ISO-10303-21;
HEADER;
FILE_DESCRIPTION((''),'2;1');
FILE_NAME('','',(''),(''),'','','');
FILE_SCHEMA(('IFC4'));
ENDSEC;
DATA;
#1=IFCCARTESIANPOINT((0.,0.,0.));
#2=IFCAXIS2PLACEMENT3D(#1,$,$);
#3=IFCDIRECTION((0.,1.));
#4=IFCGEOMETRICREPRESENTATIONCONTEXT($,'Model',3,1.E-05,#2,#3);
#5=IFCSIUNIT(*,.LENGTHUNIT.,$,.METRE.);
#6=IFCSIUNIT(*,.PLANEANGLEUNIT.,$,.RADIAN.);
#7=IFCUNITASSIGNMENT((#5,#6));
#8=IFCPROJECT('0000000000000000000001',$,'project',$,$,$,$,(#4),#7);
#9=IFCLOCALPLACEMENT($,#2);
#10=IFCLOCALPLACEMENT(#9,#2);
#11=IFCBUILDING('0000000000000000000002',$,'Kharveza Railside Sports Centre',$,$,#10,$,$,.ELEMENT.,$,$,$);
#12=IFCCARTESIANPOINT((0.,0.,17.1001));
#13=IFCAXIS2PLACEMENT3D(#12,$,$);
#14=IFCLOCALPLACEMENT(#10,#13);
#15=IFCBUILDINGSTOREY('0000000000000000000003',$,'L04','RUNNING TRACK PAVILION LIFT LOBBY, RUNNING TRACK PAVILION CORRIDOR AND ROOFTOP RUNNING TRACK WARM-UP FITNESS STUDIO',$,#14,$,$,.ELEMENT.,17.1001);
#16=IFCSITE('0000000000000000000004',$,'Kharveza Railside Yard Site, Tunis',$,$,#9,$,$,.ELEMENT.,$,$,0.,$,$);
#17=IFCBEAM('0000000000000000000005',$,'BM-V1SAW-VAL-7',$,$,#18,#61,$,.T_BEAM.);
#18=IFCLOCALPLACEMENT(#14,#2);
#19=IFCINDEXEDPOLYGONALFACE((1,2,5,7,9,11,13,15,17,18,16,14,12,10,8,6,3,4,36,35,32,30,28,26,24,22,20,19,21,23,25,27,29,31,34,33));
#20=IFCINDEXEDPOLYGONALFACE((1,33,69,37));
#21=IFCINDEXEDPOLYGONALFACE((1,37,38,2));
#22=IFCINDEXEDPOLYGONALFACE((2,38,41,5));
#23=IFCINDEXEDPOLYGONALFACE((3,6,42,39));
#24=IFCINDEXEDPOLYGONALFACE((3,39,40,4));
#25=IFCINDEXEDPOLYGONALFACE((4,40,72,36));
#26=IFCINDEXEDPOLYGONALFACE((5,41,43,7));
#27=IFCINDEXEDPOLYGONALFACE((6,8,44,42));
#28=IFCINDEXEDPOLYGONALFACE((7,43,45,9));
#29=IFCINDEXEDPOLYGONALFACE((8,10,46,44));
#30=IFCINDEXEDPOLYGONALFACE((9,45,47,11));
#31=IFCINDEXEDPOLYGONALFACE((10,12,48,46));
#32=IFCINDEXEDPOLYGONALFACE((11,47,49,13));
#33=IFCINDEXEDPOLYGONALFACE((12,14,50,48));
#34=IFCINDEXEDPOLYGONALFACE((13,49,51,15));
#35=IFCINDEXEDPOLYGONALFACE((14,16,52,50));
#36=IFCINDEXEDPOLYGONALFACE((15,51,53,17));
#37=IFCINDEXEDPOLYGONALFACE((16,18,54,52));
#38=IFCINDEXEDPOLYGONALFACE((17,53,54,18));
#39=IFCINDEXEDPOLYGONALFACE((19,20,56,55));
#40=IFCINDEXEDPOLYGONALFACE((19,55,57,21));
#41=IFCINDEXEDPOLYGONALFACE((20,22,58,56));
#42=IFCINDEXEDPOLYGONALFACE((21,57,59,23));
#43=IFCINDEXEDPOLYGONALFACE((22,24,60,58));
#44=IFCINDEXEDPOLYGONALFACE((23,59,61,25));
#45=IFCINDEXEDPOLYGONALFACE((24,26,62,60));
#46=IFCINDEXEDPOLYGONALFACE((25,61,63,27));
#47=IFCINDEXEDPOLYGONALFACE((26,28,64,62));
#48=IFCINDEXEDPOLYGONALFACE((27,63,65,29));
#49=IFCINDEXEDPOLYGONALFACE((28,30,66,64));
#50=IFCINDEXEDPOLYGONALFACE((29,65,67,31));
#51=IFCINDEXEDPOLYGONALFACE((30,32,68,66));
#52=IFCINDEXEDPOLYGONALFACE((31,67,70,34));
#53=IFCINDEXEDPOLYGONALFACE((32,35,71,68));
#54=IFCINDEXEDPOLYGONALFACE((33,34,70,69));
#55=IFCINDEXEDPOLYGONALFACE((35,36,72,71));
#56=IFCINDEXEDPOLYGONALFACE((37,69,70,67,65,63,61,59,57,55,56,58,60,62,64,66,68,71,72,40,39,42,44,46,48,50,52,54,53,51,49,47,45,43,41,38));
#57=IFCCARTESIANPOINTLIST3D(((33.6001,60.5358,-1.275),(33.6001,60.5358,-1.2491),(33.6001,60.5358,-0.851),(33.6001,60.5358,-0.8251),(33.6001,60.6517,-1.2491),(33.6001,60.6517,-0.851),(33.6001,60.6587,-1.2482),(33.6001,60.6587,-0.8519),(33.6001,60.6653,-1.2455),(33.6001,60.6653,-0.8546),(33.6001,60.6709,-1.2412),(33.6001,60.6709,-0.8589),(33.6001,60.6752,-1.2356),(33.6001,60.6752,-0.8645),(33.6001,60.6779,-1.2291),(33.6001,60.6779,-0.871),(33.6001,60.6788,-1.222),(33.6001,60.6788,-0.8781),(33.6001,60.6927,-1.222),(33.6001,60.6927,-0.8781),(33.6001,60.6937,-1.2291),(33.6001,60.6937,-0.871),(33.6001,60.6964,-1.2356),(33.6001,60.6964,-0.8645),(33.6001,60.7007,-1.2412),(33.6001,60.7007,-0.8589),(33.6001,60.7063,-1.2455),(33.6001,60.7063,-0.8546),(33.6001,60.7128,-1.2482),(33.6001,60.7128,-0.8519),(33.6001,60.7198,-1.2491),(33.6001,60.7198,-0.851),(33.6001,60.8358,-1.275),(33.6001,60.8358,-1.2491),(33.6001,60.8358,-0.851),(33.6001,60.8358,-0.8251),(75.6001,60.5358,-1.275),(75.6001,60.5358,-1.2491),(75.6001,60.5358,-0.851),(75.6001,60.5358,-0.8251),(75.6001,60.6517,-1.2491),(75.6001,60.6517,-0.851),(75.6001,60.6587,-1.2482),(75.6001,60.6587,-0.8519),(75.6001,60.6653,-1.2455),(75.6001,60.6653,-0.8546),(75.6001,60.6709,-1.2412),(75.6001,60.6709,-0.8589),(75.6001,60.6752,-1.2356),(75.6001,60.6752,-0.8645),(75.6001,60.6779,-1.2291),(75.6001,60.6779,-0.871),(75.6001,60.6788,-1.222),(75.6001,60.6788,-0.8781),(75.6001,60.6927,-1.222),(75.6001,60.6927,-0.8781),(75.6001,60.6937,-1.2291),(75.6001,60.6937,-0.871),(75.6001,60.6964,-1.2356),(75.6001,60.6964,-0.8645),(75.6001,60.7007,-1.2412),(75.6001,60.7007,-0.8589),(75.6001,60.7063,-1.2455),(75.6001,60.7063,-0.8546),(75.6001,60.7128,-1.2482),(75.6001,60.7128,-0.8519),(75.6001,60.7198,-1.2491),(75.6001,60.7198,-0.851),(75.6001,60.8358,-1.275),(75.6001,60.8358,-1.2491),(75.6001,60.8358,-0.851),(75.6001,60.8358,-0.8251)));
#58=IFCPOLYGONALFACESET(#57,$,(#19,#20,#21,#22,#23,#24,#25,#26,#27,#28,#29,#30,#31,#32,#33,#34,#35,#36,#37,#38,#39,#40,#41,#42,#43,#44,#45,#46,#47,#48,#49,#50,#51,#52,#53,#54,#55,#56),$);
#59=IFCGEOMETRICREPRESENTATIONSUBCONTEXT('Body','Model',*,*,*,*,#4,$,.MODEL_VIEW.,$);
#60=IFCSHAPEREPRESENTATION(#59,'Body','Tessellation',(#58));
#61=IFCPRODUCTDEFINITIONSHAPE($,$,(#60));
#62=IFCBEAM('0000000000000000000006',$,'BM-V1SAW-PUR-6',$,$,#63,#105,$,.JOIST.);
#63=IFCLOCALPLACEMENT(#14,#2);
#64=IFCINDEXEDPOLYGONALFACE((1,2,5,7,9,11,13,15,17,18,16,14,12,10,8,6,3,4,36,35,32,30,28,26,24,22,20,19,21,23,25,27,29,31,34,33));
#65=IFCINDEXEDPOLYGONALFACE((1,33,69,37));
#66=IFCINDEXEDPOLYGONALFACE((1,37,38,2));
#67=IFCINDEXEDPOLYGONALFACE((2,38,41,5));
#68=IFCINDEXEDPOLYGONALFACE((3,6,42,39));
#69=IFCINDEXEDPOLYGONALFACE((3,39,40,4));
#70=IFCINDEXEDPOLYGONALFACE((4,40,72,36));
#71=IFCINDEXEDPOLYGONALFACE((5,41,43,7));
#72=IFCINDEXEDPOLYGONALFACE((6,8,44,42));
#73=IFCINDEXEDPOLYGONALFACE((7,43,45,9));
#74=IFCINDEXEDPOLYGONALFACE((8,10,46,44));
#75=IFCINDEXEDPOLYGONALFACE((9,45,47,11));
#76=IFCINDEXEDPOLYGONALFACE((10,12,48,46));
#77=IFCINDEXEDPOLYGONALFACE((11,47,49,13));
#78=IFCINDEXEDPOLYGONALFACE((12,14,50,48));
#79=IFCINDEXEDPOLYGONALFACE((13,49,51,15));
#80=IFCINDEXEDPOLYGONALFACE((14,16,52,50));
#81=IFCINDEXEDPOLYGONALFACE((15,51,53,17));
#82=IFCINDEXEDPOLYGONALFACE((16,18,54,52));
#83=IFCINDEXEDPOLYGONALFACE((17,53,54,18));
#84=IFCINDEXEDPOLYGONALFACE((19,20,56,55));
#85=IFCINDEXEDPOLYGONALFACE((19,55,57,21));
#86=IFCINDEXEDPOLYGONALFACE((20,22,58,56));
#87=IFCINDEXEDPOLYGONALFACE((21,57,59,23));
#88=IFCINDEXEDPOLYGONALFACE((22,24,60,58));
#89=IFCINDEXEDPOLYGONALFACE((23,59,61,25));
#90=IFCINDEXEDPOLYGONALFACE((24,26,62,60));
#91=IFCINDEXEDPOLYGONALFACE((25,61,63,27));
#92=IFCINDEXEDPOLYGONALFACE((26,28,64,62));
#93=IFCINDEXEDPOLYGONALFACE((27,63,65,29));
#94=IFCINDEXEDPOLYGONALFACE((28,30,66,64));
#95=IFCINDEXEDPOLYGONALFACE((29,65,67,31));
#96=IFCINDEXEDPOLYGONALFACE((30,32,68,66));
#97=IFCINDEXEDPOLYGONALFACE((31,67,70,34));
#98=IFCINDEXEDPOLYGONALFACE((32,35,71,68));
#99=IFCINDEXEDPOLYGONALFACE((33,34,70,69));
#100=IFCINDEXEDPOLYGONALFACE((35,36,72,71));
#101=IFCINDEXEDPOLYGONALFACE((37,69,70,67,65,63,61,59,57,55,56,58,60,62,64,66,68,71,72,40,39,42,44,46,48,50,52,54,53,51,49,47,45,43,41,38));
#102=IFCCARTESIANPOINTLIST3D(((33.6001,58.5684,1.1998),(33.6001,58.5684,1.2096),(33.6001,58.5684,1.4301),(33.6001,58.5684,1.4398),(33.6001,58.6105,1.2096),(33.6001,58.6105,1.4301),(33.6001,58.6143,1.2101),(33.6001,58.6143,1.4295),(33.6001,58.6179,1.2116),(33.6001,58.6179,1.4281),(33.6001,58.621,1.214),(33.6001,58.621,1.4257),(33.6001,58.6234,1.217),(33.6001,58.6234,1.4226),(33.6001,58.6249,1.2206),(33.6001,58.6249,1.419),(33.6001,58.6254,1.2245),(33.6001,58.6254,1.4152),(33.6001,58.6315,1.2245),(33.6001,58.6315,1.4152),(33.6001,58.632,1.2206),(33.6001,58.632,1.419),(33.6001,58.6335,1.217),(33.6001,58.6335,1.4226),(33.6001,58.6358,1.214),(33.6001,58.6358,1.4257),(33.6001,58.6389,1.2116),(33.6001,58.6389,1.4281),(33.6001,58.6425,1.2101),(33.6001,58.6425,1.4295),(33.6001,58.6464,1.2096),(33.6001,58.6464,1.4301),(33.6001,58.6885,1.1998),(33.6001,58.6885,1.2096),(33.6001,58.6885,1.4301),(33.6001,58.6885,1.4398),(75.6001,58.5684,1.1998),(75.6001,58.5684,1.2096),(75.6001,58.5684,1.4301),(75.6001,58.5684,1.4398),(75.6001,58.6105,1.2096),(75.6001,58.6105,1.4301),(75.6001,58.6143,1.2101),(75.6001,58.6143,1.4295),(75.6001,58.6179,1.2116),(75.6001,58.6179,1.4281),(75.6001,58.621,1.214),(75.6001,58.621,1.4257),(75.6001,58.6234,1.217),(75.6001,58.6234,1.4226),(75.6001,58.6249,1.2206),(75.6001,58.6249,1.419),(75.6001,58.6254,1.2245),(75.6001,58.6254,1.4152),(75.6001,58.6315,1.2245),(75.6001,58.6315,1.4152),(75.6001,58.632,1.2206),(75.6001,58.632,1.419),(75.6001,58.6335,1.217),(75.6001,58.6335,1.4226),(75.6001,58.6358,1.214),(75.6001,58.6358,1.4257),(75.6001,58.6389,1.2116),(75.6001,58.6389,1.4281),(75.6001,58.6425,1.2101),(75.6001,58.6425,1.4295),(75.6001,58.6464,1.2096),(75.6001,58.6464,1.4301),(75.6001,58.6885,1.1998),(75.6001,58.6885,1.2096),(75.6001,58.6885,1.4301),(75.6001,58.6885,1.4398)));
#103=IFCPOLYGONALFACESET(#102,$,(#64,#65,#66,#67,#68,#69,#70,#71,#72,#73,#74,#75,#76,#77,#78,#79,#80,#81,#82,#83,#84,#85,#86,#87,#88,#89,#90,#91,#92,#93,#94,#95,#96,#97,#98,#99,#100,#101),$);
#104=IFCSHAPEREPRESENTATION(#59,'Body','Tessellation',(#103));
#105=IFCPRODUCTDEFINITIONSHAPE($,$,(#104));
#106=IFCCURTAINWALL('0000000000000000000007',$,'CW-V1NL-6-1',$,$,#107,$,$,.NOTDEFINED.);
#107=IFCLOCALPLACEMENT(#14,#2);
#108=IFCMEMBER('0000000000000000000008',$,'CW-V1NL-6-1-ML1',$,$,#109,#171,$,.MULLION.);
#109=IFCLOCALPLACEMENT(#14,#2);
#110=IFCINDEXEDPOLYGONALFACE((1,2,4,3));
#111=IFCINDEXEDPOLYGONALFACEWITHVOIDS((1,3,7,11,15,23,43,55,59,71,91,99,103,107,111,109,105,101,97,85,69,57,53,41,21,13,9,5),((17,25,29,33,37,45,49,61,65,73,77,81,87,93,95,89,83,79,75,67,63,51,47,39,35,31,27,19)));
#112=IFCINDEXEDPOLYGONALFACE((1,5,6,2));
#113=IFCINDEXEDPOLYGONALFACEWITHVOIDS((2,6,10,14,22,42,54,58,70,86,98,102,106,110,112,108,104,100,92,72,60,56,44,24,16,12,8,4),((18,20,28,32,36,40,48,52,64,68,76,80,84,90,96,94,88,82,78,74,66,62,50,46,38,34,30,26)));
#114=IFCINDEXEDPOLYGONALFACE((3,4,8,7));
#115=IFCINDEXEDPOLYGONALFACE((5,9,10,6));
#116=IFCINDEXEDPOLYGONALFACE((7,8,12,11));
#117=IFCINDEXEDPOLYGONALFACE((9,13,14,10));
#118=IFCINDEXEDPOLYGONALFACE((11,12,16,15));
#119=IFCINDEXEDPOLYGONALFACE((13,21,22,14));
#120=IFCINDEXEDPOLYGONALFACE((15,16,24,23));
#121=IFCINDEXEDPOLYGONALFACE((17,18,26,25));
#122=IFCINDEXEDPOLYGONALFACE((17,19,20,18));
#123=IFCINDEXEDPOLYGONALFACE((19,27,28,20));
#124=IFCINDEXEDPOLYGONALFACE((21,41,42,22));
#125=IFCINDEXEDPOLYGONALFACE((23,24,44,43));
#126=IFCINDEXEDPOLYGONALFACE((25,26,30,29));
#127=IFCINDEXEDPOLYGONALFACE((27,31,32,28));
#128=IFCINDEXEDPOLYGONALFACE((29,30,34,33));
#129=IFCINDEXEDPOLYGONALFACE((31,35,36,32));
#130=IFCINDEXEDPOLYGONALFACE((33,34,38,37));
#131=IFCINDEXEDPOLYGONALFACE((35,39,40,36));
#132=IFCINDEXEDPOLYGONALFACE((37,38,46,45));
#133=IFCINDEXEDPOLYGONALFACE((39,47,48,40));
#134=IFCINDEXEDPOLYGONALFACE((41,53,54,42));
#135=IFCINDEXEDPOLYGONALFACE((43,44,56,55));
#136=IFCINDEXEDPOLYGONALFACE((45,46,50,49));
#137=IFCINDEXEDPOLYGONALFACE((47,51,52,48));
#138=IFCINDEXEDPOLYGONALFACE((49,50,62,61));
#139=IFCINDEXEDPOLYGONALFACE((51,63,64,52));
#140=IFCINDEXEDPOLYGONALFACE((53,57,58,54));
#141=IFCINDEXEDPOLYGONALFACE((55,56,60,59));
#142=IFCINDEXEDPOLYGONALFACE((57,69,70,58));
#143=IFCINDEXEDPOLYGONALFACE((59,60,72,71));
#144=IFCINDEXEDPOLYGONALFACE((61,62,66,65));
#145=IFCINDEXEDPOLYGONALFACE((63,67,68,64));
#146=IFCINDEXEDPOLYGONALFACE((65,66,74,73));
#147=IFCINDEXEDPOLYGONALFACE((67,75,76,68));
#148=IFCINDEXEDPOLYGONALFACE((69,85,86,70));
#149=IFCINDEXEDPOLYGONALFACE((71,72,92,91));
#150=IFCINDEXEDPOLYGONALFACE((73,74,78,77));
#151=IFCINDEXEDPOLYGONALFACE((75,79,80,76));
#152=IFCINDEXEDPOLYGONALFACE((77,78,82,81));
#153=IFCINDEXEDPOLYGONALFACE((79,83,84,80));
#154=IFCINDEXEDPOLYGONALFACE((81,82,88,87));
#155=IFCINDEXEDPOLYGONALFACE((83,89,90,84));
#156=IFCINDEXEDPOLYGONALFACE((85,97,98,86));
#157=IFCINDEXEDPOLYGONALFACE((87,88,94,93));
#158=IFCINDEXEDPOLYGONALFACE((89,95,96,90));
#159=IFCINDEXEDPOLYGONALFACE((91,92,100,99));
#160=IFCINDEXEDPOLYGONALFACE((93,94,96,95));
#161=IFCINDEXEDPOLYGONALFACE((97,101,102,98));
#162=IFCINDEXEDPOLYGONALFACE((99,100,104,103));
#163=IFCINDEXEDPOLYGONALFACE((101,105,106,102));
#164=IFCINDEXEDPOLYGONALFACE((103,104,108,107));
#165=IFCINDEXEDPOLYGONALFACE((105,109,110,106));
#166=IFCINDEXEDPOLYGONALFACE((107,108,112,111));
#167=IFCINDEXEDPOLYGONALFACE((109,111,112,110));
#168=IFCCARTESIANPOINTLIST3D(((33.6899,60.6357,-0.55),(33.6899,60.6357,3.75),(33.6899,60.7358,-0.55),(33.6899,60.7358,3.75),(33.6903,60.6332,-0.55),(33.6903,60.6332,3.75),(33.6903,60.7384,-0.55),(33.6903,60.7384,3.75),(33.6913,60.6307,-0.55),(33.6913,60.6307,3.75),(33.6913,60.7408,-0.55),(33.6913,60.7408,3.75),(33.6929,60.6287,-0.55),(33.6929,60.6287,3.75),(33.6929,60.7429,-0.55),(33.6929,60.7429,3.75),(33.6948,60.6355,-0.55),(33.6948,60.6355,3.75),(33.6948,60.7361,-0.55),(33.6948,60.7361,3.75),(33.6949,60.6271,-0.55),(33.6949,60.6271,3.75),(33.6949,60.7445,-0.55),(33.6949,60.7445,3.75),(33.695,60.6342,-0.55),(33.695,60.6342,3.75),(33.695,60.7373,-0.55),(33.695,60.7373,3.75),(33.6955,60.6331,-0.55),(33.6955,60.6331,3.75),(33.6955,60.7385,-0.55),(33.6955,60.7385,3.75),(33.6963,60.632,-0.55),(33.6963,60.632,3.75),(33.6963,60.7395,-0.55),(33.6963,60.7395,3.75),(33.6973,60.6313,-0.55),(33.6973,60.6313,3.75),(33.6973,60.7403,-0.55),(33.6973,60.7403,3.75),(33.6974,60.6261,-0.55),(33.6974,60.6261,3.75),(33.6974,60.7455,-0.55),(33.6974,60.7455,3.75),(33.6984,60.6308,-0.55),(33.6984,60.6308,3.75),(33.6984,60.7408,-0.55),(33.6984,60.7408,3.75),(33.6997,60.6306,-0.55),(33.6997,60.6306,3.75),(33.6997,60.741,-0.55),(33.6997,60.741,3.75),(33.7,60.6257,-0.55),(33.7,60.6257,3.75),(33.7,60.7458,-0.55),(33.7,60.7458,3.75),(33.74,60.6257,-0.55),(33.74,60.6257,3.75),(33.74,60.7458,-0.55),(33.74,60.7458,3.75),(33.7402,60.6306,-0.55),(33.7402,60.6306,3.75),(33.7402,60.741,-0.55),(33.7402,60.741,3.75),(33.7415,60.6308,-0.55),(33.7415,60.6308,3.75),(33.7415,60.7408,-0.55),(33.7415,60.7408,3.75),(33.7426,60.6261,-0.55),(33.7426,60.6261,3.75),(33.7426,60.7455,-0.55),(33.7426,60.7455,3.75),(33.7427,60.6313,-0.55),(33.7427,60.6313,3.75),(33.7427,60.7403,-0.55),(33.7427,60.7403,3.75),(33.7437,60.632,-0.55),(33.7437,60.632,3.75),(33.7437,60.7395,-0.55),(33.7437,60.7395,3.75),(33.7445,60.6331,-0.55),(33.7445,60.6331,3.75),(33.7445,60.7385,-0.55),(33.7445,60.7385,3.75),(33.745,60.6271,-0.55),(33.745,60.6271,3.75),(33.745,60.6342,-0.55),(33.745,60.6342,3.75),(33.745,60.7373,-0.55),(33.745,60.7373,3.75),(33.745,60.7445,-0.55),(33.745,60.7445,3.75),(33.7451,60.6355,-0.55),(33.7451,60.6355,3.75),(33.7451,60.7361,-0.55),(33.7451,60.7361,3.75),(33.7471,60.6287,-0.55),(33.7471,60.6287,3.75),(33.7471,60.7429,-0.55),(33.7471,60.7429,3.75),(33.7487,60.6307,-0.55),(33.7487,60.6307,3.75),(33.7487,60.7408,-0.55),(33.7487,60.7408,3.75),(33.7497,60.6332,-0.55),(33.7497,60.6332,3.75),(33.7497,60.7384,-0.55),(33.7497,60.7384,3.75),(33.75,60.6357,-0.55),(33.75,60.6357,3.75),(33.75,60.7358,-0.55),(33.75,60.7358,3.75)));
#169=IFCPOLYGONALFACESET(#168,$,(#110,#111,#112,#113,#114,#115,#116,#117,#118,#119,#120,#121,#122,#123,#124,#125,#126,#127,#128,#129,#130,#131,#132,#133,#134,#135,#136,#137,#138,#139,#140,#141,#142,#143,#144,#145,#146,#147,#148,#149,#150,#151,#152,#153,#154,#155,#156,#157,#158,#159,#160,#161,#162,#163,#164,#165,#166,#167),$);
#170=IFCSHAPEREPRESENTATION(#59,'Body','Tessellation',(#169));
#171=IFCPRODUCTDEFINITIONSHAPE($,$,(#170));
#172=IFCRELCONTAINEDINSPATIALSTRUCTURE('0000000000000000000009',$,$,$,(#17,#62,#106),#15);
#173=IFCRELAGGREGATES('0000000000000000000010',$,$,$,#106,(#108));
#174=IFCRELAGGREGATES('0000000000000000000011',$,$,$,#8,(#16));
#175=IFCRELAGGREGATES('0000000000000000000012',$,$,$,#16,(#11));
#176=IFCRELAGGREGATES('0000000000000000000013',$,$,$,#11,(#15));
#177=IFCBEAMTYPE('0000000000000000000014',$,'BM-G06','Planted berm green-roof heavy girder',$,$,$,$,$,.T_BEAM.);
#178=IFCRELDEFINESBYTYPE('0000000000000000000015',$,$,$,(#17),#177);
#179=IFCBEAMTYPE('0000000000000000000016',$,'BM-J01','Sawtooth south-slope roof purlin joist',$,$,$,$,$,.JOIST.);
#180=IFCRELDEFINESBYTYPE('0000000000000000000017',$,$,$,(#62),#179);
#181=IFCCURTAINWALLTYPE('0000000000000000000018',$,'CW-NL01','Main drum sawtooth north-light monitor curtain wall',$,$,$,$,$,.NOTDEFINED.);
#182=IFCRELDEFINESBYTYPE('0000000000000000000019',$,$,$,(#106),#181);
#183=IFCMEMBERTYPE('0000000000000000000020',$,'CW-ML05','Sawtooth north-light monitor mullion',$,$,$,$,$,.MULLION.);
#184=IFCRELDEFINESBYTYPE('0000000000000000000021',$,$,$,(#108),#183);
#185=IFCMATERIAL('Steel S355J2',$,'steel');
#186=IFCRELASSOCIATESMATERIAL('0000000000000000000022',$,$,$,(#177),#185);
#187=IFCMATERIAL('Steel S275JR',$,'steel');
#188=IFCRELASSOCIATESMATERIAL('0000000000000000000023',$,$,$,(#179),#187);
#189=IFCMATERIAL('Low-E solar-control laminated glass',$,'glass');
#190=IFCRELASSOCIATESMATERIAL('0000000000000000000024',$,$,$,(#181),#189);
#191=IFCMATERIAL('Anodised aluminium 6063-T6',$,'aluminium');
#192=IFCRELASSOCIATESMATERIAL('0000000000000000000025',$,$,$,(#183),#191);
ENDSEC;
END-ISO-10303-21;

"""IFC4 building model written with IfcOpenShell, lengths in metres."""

from ifc_helpers import new_model, si_unit, direction, frame, origin, origin_2d, place, context, subcontext, project, spatial, hollow_rectangle, i_section, extrude, material, material_profile, profile_set, type_object, element, aggregate, save


model = new_model("IFC4")

# Units and contexts
model_context = context("Model", 3, precision=1e-05, world=origin(), true_north=direction((0.0, 1.0)))
body_context = subcontext(model_context, "Body", "Model", "MODEL_VIEW")
ifc_project = project(units=[si_unit("LENGTHUNIT", "METRE"), si_unit("PLANEANGLEUNIT", "RADIAN")], contexts=[model_context])

# Site, building, storey
site_placement = place(None, origin())
site = spatial("IfcSite", under=ifc_project, at=site_placement, Name="Kharveza Railside Yard Site, Tunis", CompositionType="ELEMENT", RefElevation=0.0)
building_placement = place(site_placement, origin())
building = spatial("IfcBuilding", under=site, at=building_placement, Name="Kharveza Railside Sports Centre", CompositionType="ELEMENT")
storey_placement = place(building_placement, frame((0.0, 0.0, 17.1001)))
storey = spatial("IfcBuildingStorey", under=building, at=storey_placement, Name="L04", Description="RUNNING TRACK PAVILION LIFT LOBBY, RUNNING TRACK PAVILION CORRIDOR AND ROOFTOP RUNNING TRACK WARM-UP FITNESS STUDIO", CompositionType="ELEMENT", Elevation=17.1001)

# Beams
ifc_material_1 = material(Name="Steel S355J2", Category="steel")
ifc_material_profile_1 = material_profile(ifc_material_1, i_section(OverallWidth=0.3, OverallDepth=0.45, WebThickness=0.0139, FlangeThickness=0.0259, FilletRadius=0.0271, at=origin_2d()), Name="HEB 450")
ifc_profile_set_1 = profile_set([ifc_material_profile_1], Name="Steel S355J2")
beam_type_1 = type_object("IfcBeamType", Name="BM-G06", Description="Planted berm green-roof heavy girder", PredefinedType="T_BEAM", material=ifc_profile_set_1)
beam_1_placement = place(storey_placement, frame((33.6001, 60.6858, -1.05), z_axis=(1.0, 0.0, 0.0), x_axis=(0.0, 1.0, 0.0)))
element("IfcBeam", 1, at=beam_1_placement, inside=storey, type_object=beam_type_1, Name="BM-V1SAW-VAL-7", PredefinedType="T_BEAM", context=body_context, shape_type="SweptSolid", body=[
    extrude(i_section(OverallWidth=0.3, OverallDepth=0.45, WebThickness=0.0139, FlangeThickness=0.0259, FilletRadius=0.0271, at=origin_2d()), origin(), (0.0, 0.0, 1.0), 42.0),
])
ifc_material_2 = material(Name="Steel S275JR", Category="steel")
ifc_material_profile_2 = material_profile(ifc_material_2, i_section(OverallWidth=0.1201, OverallDepth=0.24, WebThickness=0.0061, FlangeThickness=0.0098, FilletRadius=0.0149, at=origin_2d()), Name="IPE 240")
ifc_profile_set_2 = profile_set([ifc_material_profile_2], Name="Steel S275JR")
beam_type_2 = type_object("IfcBeamType", Name="BM-J01", Description="Sawtooth south-slope roof purlin joist", PredefinedType="JOIST", material=ifc_profile_set_2)
beam_2_placement = place(storey_placement, frame((33.6001, 58.6284, 1.3198), z_axis=(1.0, 0.0, 0.0), x_axis=(0.0, 1.0, 0.0)))
element("IfcBeam", 2, at=beam_2_placement, inside=storey, type_object=beam_type_2, Name="BM-V1SAW-PUR-6", PredefinedType="JOIST", context=body_context, shape_type="SweptSolid", body=[
    extrude(i_section(OverallWidth=0.1201, OverallDepth=0.24, WebThickness=0.0061, FlangeThickness=0.0098, FilletRadius=0.0149, at=origin_2d()), origin(), (0.0, 0.0, 1.0), 42.0),
])

# Curtain wall, member
ifc_material_3 = material(Name="Low-E solar-control laminated glass", Category="glass")
curtain_wall_type = type_object("IfcCurtainWallType", Name="CW-NL01", Description="Main drum sawtooth north-light monitor curtain wall", PredefinedType="NOTDEFINED", material=ifc_material_3)
curtain_wall_1_placement = place(storey_placement, origin())
curtain_wall_1 = element("IfcCurtainWall", 3, at=curtain_wall_1_placement, inside=storey, type_object=curtain_wall_type, Name="CW-V1NL-6-1", PredefinedType="NOTDEFINED")
ifc_material_4 = material(Name="Anodised aluminium 6063-T6", Category="aluminium")
ifc_material_profile_3 = material_profile(ifc_material_4, hollow_rectangle(XDim=0.0601, YDim=0.1201, WallThickness=0.0049, InnerFilletRadius=0.0049, OuterFilletRadius=0.01, at=origin_2d()), Name="RHS 60x120x5.0")
ifc_profile_set_3 = profile_set([ifc_material_profile_3], Name="Anodised aluminium 6063-T6")
member_type_1 = type_object("IfcMemberType", Name="CW-ML05", Description="Sawtooth north-light monitor mullion", PredefinedType="MULLION", material=ifc_profile_set_3)
member_1_placement = place(storey_placement, frame((33.72, 60.6858, -0.55), z_axis=(0.0, 0.0, 1.0), x_axis=(1.0, 0.0, 0.0)))
member_1 = element("IfcMember", 4, at=member_1_placement, type_object=member_type_1, Name="CW-V1NL-6-1-ML1", PredefinedType="MULLION", context=body_context, shape_type="SweptSolid", body=[
    extrude(hollow_rectangle(XDim=0.0601, YDim=0.1201, WallThickness=0.0049, InnerFilletRadius=0.0049, OuterFilletRadius=0.01, at=origin_2d()), origin(), (0.0, 0.0, 1.0), 4.3),
])

aggregate(curtain_wall_1, [member_1])

save(model, "model.ifc")
